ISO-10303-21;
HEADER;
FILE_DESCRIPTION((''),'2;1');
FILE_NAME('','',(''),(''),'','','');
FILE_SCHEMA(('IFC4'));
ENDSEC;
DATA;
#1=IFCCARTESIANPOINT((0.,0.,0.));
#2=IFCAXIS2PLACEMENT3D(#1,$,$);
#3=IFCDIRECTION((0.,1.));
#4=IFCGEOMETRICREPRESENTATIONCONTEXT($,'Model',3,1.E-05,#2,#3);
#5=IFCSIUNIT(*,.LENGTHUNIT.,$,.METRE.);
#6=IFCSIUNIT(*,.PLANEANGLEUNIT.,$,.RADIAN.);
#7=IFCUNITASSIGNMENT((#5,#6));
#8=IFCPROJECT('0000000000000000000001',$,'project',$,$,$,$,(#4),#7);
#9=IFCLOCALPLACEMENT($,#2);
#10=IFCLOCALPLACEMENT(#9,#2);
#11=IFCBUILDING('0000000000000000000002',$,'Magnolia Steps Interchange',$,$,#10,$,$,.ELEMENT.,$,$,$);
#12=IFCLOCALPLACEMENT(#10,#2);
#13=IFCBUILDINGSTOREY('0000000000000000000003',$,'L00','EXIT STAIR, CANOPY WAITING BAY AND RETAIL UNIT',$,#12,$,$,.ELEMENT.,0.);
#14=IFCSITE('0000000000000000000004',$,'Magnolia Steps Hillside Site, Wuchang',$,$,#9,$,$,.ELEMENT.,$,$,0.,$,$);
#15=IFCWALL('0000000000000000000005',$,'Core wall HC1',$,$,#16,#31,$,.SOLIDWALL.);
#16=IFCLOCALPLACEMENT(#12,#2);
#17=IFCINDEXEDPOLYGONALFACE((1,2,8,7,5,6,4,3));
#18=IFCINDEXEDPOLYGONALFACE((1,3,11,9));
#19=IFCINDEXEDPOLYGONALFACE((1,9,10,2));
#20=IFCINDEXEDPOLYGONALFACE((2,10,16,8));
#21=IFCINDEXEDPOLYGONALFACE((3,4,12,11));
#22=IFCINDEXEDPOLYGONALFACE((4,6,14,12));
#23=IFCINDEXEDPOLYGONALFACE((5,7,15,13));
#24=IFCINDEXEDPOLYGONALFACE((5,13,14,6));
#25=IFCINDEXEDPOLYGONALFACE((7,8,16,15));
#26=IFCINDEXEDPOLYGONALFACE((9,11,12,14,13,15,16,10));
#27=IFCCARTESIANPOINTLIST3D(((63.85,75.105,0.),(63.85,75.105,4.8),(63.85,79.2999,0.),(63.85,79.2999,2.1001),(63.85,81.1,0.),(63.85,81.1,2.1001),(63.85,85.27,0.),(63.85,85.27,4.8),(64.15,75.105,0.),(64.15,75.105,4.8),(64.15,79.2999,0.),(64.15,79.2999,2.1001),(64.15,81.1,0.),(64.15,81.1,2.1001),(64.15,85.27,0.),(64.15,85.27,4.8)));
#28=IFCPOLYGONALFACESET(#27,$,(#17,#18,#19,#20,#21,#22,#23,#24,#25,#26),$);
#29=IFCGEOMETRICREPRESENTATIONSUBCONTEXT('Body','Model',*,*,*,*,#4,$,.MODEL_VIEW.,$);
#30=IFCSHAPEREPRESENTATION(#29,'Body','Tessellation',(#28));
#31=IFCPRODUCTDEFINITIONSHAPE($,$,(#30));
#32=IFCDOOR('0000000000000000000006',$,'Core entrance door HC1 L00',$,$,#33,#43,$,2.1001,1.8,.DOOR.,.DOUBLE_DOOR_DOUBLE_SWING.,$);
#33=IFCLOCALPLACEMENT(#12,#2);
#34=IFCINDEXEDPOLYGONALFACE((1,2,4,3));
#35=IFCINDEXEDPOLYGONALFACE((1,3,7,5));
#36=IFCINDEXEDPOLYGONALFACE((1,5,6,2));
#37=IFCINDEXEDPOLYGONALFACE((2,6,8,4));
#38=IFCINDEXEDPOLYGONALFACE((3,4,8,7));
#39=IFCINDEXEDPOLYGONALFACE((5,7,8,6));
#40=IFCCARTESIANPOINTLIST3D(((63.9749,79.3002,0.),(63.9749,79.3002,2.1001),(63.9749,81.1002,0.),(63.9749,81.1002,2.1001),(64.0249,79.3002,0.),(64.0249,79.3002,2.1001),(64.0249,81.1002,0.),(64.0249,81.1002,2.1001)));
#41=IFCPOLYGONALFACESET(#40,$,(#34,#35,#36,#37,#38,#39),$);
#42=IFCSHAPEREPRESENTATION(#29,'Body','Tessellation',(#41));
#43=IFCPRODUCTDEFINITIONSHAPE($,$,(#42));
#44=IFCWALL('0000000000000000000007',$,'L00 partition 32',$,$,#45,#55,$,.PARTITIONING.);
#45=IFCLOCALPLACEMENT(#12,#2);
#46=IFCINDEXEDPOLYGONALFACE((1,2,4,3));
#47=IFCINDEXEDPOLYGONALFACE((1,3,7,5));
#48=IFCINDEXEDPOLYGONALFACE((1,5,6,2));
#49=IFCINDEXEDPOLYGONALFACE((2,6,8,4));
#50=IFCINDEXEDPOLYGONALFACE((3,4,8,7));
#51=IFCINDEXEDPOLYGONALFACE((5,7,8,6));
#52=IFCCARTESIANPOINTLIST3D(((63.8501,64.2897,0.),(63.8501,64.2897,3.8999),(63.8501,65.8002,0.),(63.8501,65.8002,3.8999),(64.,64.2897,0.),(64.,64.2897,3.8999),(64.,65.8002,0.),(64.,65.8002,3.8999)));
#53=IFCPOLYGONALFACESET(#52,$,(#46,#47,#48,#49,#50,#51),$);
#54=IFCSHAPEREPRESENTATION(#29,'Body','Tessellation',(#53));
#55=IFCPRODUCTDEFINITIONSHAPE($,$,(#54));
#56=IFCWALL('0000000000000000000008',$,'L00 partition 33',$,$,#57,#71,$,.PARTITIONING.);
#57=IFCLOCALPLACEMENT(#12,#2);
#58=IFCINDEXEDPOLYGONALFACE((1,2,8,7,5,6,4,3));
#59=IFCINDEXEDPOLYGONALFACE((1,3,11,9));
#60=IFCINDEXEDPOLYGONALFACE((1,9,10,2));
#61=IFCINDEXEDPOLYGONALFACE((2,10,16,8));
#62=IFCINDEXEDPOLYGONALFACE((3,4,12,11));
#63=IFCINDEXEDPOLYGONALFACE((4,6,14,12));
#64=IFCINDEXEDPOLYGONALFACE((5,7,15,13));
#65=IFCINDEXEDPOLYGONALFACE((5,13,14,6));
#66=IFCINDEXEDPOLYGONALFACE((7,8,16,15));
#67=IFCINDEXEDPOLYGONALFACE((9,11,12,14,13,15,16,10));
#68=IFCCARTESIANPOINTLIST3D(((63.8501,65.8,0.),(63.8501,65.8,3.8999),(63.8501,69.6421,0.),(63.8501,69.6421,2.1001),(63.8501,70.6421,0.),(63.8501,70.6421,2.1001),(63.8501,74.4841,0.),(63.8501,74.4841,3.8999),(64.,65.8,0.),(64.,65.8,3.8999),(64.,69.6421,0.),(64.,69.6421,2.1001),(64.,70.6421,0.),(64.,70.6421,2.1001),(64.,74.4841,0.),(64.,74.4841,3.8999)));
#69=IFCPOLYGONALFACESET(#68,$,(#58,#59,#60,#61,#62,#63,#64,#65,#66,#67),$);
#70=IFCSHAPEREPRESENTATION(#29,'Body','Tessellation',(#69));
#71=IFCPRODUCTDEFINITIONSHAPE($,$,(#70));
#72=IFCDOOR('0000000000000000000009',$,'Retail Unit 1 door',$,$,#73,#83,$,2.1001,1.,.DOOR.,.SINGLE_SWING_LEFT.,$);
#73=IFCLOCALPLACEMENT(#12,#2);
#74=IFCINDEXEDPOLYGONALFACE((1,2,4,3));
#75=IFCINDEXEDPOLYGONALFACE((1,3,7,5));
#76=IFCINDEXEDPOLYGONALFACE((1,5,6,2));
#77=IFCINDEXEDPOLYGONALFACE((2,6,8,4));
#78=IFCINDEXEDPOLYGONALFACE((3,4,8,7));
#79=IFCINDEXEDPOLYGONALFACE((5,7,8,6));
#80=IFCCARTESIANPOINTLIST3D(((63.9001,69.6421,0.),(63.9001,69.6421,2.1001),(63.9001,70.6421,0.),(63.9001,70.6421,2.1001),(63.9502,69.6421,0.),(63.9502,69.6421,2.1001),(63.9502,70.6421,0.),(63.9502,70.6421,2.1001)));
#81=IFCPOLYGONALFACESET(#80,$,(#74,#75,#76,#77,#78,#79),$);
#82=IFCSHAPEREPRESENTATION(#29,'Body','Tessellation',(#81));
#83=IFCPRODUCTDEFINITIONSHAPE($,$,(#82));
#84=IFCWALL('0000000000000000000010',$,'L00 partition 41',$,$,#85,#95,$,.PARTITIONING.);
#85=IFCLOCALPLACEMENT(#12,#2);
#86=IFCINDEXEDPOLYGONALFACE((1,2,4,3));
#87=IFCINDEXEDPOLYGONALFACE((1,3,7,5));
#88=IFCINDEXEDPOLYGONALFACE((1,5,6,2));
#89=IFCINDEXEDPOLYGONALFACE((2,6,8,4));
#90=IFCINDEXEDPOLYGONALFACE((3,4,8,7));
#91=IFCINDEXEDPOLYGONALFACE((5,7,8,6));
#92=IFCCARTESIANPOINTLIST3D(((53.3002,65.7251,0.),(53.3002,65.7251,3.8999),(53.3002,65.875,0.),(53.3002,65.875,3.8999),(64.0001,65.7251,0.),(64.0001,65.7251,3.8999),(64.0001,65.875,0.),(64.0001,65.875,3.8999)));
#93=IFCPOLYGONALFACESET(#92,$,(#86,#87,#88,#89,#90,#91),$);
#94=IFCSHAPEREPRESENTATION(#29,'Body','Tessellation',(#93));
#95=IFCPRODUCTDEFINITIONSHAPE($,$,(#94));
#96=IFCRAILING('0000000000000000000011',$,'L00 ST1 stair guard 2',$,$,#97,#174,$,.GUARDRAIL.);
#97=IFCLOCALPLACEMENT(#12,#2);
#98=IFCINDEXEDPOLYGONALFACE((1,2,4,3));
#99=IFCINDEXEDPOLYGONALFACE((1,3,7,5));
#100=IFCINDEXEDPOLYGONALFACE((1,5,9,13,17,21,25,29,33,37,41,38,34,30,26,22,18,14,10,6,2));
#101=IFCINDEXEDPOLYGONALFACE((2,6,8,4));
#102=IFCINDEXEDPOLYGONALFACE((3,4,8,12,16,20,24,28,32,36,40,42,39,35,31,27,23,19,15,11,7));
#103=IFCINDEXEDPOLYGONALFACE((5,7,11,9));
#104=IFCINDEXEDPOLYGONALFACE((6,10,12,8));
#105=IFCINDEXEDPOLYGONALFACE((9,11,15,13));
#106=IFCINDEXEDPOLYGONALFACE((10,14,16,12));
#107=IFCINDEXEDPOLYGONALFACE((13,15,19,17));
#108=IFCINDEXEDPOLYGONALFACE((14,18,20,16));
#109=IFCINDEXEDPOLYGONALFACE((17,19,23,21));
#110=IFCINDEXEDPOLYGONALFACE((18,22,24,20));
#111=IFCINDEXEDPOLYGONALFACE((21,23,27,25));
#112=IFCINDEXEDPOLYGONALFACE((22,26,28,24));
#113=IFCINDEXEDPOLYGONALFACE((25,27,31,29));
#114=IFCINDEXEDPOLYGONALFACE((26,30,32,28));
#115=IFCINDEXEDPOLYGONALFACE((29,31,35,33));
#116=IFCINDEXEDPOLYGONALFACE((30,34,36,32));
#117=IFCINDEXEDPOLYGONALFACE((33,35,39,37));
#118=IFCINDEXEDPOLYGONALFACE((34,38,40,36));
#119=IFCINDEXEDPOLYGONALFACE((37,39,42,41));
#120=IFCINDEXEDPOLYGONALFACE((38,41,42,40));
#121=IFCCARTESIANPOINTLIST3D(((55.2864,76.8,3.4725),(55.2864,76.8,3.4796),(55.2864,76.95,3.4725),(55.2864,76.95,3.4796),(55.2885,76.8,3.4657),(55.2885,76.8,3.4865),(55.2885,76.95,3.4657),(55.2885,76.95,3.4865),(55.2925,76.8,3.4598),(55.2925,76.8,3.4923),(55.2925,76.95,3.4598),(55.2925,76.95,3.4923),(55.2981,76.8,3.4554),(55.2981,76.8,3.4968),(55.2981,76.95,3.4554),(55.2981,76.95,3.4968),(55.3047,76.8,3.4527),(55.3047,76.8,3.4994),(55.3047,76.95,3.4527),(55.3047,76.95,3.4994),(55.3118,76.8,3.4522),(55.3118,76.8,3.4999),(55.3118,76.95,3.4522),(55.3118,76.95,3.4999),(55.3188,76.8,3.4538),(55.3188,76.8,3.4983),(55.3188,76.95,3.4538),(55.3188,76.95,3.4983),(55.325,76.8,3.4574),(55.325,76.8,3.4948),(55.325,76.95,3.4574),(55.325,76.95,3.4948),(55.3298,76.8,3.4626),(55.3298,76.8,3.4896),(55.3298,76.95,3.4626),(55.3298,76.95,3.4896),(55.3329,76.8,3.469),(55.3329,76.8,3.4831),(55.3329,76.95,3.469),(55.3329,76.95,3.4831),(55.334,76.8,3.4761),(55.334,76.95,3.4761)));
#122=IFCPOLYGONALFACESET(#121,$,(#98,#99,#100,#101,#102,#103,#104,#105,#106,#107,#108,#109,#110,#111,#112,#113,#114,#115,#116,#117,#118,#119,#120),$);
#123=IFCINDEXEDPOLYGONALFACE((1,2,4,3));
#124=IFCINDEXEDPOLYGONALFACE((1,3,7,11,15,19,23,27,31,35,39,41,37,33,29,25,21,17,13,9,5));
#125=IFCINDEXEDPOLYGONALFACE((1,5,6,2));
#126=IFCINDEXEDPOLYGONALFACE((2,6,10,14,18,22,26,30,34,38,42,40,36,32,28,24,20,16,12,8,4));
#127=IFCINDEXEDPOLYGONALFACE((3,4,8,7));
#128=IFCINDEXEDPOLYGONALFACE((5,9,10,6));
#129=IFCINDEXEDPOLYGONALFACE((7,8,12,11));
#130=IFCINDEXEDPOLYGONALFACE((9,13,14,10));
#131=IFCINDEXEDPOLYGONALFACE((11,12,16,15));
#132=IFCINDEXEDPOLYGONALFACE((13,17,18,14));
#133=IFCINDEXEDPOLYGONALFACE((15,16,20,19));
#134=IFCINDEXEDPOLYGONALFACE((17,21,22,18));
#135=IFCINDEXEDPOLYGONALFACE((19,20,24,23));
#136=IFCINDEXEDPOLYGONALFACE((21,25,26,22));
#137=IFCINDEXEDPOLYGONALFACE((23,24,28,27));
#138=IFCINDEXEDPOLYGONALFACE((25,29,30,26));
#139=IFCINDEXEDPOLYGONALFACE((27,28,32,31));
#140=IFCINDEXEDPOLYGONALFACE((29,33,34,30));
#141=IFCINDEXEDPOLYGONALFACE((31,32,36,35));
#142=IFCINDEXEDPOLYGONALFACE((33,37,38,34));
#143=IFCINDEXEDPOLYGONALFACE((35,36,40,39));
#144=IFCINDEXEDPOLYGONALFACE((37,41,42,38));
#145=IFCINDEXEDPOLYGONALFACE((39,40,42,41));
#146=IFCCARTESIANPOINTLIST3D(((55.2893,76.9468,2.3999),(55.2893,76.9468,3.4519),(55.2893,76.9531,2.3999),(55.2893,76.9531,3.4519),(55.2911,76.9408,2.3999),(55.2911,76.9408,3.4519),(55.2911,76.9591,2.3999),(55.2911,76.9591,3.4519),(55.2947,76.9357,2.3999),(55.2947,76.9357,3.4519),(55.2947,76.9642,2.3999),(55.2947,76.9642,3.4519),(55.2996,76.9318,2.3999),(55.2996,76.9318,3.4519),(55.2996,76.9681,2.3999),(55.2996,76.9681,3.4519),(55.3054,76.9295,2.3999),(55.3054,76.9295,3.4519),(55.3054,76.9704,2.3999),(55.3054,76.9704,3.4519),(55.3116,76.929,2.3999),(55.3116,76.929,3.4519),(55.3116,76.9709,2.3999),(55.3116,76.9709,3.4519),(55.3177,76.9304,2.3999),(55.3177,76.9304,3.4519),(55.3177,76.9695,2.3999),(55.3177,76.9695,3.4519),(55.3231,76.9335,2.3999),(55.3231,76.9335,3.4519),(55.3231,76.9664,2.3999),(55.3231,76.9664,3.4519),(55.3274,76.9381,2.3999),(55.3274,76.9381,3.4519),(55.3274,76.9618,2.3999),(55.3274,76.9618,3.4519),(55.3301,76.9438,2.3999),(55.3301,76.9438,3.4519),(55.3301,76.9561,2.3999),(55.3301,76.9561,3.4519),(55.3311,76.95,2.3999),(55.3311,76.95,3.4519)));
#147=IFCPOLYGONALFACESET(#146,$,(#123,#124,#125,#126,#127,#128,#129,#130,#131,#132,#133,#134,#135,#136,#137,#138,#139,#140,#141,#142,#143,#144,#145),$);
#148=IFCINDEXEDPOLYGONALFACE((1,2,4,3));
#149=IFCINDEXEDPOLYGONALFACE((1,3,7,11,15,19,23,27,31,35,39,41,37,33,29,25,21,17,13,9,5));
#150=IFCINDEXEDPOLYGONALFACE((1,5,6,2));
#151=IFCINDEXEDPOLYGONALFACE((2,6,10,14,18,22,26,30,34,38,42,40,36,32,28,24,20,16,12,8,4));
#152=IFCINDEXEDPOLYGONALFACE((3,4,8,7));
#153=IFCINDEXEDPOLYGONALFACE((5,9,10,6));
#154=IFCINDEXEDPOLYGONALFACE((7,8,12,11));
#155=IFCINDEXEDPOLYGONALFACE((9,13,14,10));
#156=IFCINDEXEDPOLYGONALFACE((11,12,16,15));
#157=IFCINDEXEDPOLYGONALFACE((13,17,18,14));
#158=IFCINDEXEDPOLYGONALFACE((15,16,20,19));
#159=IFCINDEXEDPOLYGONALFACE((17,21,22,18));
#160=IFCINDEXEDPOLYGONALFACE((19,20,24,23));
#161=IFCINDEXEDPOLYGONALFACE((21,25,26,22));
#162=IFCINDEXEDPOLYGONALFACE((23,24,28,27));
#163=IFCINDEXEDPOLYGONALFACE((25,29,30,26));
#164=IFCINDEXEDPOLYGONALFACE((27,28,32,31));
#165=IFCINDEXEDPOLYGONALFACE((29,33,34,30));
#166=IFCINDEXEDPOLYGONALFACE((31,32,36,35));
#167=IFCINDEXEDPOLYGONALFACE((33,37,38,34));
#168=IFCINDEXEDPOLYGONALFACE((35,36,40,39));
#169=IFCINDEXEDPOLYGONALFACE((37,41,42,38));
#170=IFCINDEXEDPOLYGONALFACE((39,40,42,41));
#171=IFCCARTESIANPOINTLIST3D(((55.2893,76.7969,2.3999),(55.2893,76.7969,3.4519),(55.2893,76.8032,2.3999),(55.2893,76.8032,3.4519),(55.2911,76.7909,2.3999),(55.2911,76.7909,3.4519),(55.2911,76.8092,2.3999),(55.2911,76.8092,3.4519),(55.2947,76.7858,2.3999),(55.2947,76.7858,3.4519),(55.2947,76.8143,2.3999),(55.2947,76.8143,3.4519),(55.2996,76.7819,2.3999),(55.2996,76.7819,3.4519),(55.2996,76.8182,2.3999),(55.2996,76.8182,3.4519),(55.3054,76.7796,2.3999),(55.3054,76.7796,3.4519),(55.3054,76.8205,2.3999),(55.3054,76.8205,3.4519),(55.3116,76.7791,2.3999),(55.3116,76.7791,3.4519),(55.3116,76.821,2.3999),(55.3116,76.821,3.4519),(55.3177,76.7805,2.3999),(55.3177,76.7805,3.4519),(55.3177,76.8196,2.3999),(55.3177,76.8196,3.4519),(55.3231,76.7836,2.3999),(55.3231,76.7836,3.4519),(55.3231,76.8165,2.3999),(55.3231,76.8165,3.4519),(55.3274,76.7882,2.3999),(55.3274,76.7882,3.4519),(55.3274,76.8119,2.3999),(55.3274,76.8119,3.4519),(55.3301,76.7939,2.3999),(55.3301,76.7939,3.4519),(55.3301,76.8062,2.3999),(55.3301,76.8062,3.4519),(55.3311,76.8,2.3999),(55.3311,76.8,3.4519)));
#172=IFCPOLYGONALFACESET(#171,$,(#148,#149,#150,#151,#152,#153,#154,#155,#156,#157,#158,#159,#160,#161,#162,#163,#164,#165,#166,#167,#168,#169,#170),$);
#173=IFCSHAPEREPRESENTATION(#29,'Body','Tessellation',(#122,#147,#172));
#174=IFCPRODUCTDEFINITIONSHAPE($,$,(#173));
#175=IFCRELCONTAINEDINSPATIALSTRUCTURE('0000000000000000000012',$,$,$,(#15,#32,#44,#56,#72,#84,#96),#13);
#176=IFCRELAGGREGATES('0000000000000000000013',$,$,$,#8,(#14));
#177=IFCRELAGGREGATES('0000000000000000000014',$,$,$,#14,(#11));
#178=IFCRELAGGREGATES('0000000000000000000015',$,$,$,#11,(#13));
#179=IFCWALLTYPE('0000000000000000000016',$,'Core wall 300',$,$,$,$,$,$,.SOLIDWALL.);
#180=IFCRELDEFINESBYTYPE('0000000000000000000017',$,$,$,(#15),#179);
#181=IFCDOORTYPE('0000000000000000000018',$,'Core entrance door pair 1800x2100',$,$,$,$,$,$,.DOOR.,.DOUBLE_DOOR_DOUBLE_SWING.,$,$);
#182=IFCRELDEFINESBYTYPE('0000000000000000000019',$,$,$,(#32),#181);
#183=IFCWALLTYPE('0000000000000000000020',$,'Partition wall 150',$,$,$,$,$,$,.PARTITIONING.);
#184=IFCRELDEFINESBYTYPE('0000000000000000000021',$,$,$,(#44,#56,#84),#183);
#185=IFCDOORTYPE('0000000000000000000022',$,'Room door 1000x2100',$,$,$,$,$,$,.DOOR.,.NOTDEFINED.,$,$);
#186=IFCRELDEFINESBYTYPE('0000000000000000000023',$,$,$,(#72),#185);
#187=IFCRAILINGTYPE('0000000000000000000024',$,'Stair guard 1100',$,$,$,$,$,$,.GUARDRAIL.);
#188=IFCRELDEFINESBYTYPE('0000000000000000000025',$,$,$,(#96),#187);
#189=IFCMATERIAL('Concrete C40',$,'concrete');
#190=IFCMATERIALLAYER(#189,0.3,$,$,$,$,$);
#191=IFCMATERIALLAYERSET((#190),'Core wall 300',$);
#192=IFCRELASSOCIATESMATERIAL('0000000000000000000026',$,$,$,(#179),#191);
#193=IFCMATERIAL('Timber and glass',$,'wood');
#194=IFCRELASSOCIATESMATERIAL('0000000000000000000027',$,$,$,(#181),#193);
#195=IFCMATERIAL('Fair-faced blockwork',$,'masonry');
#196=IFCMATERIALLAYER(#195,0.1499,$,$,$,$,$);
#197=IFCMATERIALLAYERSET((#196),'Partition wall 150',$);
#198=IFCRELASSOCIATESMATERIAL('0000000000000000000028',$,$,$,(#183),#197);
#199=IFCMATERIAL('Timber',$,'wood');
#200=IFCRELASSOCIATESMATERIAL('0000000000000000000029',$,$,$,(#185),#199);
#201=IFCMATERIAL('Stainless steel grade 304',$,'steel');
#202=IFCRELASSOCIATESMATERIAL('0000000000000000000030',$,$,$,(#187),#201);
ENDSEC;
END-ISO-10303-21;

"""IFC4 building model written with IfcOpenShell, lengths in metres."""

from ifc_helpers import new_model, si_unit, direction, frame, frame_2d, origin, origin_2d, place, context, subcontext, project, spatial, rectangle, circle, extrude, material, layer, layer_set, type_object, element, fill, save


model = new_model("IFC4")

# Units and contexts
model_context = context("Model", 3, precision=1e-05, world=origin(), true_north=direction((0.0, 1.0)))
body_context = subcontext(model_context, "Body", "Model", "MODEL_VIEW")
ifc_project = project(units=[si_unit("LENGTHUNIT", "METRE"), si_unit("PLANEANGLEUNIT", "RADIAN")], contexts=[model_context])

# Site, building, storey
site_placement = place(None, origin())
site = spatial("IfcSite", under=ifc_project, at=site_placement, Name="Magnolia Steps Hillside Site, Wuchang", CompositionType="ELEMENT", RefElevation=0.0)
building_placement = place(site_placement, origin())
building = spatial("IfcBuilding", under=site, at=building_placement, Name="Magnolia Steps Interchange", CompositionType="ELEMENT")
storey_placement = place(building_placement, origin())
storey = spatial("IfcBuildingStorey", under=building, at=storey_placement, Name="L00", Description="EXIT STAIR, CANOPY WAITING BAY AND RETAIL UNIT", CompositionType="ELEMENT", Elevation=0.0)

# Shared definitions
ifc_material_1 = material(Name="Concrete C40", Category="concrete")
ifc_layer_1 = layer(ifc_material_1, 0.3)
ifc_layer_set_1 = layer_set([ifc_layer_1], Name="Core wall 300")
wall_type_1 = type_object("IfcWallType", Name="Core wall 300", PredefinedType="SOLIDWALL", material=ifc_layer_set_1)

# Wall, opening, door
wall_1_placement = place(storey_placement, frame((64.0, 75.105, 0.0), z_axis=(0.0, 0.0, 1.0), x_axis=(0.0, 1.0, 0.0)))
wall_1 = element("IfcWall", 1, at=wall_1_placement, inside=storey, type_object=wall_type_1, Name="Core wall HC1", PredefinedType="SOLIDWALL", context=body_context, shape_type="SweptSolid", body=[
    extrude(rectangle(XDim=10.165, YDim=0.3, at=frame_2d((5.0825, 0.0))), origin(), (0.0, 0.0, 1.0), 4.8),
])
opening_1_placement = place(wall_1_placement, frame((4.1951, 0.0, 0.0)))
opening_1 = element("IfcOpeningElement", 2, at=opening_1_placement, cuts=wall_1, PredefinedType="OPENING", context=body_context, shape_type="SweptSolid", body=[
    extrude(rectangle(XDim=1.8, YDim=2.1001, at=frame_2d((0.8999, 1.05))), frame((0.0, 0.1599, 0.0), z_axis=(0.0, -1.0, 0.0), x_axis=(1.0, 0.0, 0.0)), (0.0, 0.0, 1.0), 0.3201),
])
ifc_material_2 = material(Name="Timber and glass", Category="wood")
door_type_1 = type_object("IfcDoorType", Name="Core entrance door pair 1800x2100", OperationType="DOUBLE_DOOR_DOUBLE_SWING", PredefinedType="DOOR", material=ifc_material_2)
door_1_placement = place(opening_1_placement, frame((1.8, 0.0, 0.0), z_axis=(0.0, 0.0, 1.0), x_axis=(-1.0, 0.0, 0.0)))
door_1 = element("IfcDoor", 3, at=door_1_placement, inside=storey, type_object=door_type_1, Name="Core entrance door HC1 L00", OperationType="DOUBLE_DOOR_DOUBLE_SWING", OverallHeight=2.1001, OverallWidth=1.8, PredefinedType="DOOR", context=body_context, shape_type="SweptSolid", body=[
    extrude(rectangle(XDim=1.8, YDim=2.1001, at=frame_2d((0.8999, 1.05))), frame((0.0, 0.0249, 0.0), z_axis=(0.0, -1.0, 0.0), x_axis=(1.0, 0.0, 0.0)), (0.0, 0.0, 1.0), 0.05),
])
fill(opening_1, door_1)

# Wall
ifc_material_3 = material(Name="Fair-faced blockwork", Category="masonry")
ifc_layer_2 = layer(ifc_material_3, 0.1499)
ifc_layer_set_2 = layer_set([ifc_layer_2], Name="Partition wall 150")
wall_type_2 = type_object("IfcWallType", Name="Partition wall 150", PredefinedType="PARTITIONING", material=ifc_layer_set_2)
wall_2_placement = place(storey_placement, frame((63.925, 64.2896, 0.0), z_axis=(0.0, 0.0, 1.0), x_axis=(0.0, 1.0, 0.0)))
element("IfcWall", 4, at=wall_2_placement, inside=storey, type_object=wall_type_2, Name="L00 partition 32", PredefinedType="PARTITIONING", context=body_context, shape_type="SweptSolid", body=[
    extrude(rectangle(XDim=1.5105, YDim=0.1499, at=frame_2d((0.7554, 0.0))), origin(), (0.0, 0.0, 1.0), 3.8999),
])

# Wall, opening, door
wall_3_placement = place(storey_placement, frame((63.925, 65.8, 0.0), z_axis=(0.0, 0.0, 1.0), x_axis=(0.0, 1.0, 0.0)))
wall_3 = element("IfcWall", 5, at=wall_3_placement, inside=storey, type_object=wall_type_2, Name="L00 partition 33", PredefinedType="PARTITIONING", context=body_context, shape_type="SweptSolid", body=[
    extrude(rectangle(XDim=8.6841, YDim=0.1499, at=frame_2d((4.342, 0.0))), origin(), (0.0, 0.0, 1.0), 3.8999),
])
opening_2_placement = place(wall_3_placement, frame((3.842, 0.0, 0.0)))
opening_2 = element("IfcOpeningElement", 6, at=opening_2_placement, cuts=wall_3, PredefinedType="OPENING", context=body_context, shape_type="SweptSolid", body=[
    extrude(rectangle(XDim=1.0, YDim=2.1001, at=frame_2d((0.5, 1.05))), frame((0.0, 0.085, 0.0), z_axis=(0.0, -1.0, 0.0), x_axis=(1.0, 0.0, 0.0)), (0.0, 0.0, 1.0), 0.1699),
])
ifc_material_4 = material(Name="Timber", Category="wood")
door_type_2 = type_object("IfcDoorType", Name="Room door 1000x2100", OperationType="NOTDEFINED", PredefinedType="DOOR", material=ifc_material_4)
door_2_placement = place(opening_2_placement, origin())
door_2 = element("IfcDoor", 7, at=door_2_placement, inside=storey, type_object=door_type_2, Name="Retail Unit 1 door", OperationType="SINGLE_SWING_LEFT", OverallHeight=2.1001, OverallWidth=1.0, PredefinedType="DOOR", context=body_context, shape_type="SweptSolid", body=[
    extrude(rectangle(XDim=1.0, YDim=2.1001, at=frame_2d((0.5, 1.05))), frame((0.0, 0.0249, 0.0), z_axis=(0.0, -1.0, 0.0), x_axis=(1.0, 0.0, 0.0)), (0.0, 0.0, 1.0), 0.05),
])
fill(opening_2, door_2)

# Wall
wall_4_placement = place(storey_placement, frame((53.3, 65.8, 0.0), z_axis=(0.0, 0.0, 1.0), x_axis=(1.0, 0.0, 0.0)))
element("IfcWall", 8, at=wall_4_placement, inside=storey, type_object=wall_type_2, Name="L00 partition 41", PredefinedType="PARTITIONING", context=body_context, shape_type="SweptSolid", body=[
    extrude(rectangle(XDim=10.7, YDim=0.1499, at=frame_2d((5.3501, 0.0))), origin(), (0.0, 0.0, 1.0), 3.8999),
])

# Railing
ifc_material_5 = material(Name="Stainless steel grade 304", Category="steel")
railing_type_1 = type_object("IfcRailingType", Name="Stair guard 1100", PredefinedType="GUARDRAIL", material=ifc_material_5)
railing_1_placement = place(storey_placement, frame((55.3101, 76.95, 2.3999)))
element("IfcRailing", 9, at=railing_1_placement, inside=storey, type_object=railing_type_1, Name="L00 ST1 stair guard 2", PredefinedType="GUARDRAIL", context=body_context, shape_type="SweptSolid", body=[
    extrude(circle(Radius=0.0239, at=origin_2d()), frame((0.0, 0.0, 1.0762), z_axis=(0.0, -1.0, 0.0), x_axis=(1.0, 0.0, 0.0)), (0.0, 0.0, 1.0), 0.1499),
    extrude(circle(Radius=0.021, at=origin_2d()), origin(), (0.0, 0.0, 1.0), 1.052),
    extrude(circle(Radius=0.021, at=origin_2d()), frame((0.0, -0.1499, 0.0)), (0.0, 0.0, 1.0), 1.052),
])

save(model, "model.ifc")
